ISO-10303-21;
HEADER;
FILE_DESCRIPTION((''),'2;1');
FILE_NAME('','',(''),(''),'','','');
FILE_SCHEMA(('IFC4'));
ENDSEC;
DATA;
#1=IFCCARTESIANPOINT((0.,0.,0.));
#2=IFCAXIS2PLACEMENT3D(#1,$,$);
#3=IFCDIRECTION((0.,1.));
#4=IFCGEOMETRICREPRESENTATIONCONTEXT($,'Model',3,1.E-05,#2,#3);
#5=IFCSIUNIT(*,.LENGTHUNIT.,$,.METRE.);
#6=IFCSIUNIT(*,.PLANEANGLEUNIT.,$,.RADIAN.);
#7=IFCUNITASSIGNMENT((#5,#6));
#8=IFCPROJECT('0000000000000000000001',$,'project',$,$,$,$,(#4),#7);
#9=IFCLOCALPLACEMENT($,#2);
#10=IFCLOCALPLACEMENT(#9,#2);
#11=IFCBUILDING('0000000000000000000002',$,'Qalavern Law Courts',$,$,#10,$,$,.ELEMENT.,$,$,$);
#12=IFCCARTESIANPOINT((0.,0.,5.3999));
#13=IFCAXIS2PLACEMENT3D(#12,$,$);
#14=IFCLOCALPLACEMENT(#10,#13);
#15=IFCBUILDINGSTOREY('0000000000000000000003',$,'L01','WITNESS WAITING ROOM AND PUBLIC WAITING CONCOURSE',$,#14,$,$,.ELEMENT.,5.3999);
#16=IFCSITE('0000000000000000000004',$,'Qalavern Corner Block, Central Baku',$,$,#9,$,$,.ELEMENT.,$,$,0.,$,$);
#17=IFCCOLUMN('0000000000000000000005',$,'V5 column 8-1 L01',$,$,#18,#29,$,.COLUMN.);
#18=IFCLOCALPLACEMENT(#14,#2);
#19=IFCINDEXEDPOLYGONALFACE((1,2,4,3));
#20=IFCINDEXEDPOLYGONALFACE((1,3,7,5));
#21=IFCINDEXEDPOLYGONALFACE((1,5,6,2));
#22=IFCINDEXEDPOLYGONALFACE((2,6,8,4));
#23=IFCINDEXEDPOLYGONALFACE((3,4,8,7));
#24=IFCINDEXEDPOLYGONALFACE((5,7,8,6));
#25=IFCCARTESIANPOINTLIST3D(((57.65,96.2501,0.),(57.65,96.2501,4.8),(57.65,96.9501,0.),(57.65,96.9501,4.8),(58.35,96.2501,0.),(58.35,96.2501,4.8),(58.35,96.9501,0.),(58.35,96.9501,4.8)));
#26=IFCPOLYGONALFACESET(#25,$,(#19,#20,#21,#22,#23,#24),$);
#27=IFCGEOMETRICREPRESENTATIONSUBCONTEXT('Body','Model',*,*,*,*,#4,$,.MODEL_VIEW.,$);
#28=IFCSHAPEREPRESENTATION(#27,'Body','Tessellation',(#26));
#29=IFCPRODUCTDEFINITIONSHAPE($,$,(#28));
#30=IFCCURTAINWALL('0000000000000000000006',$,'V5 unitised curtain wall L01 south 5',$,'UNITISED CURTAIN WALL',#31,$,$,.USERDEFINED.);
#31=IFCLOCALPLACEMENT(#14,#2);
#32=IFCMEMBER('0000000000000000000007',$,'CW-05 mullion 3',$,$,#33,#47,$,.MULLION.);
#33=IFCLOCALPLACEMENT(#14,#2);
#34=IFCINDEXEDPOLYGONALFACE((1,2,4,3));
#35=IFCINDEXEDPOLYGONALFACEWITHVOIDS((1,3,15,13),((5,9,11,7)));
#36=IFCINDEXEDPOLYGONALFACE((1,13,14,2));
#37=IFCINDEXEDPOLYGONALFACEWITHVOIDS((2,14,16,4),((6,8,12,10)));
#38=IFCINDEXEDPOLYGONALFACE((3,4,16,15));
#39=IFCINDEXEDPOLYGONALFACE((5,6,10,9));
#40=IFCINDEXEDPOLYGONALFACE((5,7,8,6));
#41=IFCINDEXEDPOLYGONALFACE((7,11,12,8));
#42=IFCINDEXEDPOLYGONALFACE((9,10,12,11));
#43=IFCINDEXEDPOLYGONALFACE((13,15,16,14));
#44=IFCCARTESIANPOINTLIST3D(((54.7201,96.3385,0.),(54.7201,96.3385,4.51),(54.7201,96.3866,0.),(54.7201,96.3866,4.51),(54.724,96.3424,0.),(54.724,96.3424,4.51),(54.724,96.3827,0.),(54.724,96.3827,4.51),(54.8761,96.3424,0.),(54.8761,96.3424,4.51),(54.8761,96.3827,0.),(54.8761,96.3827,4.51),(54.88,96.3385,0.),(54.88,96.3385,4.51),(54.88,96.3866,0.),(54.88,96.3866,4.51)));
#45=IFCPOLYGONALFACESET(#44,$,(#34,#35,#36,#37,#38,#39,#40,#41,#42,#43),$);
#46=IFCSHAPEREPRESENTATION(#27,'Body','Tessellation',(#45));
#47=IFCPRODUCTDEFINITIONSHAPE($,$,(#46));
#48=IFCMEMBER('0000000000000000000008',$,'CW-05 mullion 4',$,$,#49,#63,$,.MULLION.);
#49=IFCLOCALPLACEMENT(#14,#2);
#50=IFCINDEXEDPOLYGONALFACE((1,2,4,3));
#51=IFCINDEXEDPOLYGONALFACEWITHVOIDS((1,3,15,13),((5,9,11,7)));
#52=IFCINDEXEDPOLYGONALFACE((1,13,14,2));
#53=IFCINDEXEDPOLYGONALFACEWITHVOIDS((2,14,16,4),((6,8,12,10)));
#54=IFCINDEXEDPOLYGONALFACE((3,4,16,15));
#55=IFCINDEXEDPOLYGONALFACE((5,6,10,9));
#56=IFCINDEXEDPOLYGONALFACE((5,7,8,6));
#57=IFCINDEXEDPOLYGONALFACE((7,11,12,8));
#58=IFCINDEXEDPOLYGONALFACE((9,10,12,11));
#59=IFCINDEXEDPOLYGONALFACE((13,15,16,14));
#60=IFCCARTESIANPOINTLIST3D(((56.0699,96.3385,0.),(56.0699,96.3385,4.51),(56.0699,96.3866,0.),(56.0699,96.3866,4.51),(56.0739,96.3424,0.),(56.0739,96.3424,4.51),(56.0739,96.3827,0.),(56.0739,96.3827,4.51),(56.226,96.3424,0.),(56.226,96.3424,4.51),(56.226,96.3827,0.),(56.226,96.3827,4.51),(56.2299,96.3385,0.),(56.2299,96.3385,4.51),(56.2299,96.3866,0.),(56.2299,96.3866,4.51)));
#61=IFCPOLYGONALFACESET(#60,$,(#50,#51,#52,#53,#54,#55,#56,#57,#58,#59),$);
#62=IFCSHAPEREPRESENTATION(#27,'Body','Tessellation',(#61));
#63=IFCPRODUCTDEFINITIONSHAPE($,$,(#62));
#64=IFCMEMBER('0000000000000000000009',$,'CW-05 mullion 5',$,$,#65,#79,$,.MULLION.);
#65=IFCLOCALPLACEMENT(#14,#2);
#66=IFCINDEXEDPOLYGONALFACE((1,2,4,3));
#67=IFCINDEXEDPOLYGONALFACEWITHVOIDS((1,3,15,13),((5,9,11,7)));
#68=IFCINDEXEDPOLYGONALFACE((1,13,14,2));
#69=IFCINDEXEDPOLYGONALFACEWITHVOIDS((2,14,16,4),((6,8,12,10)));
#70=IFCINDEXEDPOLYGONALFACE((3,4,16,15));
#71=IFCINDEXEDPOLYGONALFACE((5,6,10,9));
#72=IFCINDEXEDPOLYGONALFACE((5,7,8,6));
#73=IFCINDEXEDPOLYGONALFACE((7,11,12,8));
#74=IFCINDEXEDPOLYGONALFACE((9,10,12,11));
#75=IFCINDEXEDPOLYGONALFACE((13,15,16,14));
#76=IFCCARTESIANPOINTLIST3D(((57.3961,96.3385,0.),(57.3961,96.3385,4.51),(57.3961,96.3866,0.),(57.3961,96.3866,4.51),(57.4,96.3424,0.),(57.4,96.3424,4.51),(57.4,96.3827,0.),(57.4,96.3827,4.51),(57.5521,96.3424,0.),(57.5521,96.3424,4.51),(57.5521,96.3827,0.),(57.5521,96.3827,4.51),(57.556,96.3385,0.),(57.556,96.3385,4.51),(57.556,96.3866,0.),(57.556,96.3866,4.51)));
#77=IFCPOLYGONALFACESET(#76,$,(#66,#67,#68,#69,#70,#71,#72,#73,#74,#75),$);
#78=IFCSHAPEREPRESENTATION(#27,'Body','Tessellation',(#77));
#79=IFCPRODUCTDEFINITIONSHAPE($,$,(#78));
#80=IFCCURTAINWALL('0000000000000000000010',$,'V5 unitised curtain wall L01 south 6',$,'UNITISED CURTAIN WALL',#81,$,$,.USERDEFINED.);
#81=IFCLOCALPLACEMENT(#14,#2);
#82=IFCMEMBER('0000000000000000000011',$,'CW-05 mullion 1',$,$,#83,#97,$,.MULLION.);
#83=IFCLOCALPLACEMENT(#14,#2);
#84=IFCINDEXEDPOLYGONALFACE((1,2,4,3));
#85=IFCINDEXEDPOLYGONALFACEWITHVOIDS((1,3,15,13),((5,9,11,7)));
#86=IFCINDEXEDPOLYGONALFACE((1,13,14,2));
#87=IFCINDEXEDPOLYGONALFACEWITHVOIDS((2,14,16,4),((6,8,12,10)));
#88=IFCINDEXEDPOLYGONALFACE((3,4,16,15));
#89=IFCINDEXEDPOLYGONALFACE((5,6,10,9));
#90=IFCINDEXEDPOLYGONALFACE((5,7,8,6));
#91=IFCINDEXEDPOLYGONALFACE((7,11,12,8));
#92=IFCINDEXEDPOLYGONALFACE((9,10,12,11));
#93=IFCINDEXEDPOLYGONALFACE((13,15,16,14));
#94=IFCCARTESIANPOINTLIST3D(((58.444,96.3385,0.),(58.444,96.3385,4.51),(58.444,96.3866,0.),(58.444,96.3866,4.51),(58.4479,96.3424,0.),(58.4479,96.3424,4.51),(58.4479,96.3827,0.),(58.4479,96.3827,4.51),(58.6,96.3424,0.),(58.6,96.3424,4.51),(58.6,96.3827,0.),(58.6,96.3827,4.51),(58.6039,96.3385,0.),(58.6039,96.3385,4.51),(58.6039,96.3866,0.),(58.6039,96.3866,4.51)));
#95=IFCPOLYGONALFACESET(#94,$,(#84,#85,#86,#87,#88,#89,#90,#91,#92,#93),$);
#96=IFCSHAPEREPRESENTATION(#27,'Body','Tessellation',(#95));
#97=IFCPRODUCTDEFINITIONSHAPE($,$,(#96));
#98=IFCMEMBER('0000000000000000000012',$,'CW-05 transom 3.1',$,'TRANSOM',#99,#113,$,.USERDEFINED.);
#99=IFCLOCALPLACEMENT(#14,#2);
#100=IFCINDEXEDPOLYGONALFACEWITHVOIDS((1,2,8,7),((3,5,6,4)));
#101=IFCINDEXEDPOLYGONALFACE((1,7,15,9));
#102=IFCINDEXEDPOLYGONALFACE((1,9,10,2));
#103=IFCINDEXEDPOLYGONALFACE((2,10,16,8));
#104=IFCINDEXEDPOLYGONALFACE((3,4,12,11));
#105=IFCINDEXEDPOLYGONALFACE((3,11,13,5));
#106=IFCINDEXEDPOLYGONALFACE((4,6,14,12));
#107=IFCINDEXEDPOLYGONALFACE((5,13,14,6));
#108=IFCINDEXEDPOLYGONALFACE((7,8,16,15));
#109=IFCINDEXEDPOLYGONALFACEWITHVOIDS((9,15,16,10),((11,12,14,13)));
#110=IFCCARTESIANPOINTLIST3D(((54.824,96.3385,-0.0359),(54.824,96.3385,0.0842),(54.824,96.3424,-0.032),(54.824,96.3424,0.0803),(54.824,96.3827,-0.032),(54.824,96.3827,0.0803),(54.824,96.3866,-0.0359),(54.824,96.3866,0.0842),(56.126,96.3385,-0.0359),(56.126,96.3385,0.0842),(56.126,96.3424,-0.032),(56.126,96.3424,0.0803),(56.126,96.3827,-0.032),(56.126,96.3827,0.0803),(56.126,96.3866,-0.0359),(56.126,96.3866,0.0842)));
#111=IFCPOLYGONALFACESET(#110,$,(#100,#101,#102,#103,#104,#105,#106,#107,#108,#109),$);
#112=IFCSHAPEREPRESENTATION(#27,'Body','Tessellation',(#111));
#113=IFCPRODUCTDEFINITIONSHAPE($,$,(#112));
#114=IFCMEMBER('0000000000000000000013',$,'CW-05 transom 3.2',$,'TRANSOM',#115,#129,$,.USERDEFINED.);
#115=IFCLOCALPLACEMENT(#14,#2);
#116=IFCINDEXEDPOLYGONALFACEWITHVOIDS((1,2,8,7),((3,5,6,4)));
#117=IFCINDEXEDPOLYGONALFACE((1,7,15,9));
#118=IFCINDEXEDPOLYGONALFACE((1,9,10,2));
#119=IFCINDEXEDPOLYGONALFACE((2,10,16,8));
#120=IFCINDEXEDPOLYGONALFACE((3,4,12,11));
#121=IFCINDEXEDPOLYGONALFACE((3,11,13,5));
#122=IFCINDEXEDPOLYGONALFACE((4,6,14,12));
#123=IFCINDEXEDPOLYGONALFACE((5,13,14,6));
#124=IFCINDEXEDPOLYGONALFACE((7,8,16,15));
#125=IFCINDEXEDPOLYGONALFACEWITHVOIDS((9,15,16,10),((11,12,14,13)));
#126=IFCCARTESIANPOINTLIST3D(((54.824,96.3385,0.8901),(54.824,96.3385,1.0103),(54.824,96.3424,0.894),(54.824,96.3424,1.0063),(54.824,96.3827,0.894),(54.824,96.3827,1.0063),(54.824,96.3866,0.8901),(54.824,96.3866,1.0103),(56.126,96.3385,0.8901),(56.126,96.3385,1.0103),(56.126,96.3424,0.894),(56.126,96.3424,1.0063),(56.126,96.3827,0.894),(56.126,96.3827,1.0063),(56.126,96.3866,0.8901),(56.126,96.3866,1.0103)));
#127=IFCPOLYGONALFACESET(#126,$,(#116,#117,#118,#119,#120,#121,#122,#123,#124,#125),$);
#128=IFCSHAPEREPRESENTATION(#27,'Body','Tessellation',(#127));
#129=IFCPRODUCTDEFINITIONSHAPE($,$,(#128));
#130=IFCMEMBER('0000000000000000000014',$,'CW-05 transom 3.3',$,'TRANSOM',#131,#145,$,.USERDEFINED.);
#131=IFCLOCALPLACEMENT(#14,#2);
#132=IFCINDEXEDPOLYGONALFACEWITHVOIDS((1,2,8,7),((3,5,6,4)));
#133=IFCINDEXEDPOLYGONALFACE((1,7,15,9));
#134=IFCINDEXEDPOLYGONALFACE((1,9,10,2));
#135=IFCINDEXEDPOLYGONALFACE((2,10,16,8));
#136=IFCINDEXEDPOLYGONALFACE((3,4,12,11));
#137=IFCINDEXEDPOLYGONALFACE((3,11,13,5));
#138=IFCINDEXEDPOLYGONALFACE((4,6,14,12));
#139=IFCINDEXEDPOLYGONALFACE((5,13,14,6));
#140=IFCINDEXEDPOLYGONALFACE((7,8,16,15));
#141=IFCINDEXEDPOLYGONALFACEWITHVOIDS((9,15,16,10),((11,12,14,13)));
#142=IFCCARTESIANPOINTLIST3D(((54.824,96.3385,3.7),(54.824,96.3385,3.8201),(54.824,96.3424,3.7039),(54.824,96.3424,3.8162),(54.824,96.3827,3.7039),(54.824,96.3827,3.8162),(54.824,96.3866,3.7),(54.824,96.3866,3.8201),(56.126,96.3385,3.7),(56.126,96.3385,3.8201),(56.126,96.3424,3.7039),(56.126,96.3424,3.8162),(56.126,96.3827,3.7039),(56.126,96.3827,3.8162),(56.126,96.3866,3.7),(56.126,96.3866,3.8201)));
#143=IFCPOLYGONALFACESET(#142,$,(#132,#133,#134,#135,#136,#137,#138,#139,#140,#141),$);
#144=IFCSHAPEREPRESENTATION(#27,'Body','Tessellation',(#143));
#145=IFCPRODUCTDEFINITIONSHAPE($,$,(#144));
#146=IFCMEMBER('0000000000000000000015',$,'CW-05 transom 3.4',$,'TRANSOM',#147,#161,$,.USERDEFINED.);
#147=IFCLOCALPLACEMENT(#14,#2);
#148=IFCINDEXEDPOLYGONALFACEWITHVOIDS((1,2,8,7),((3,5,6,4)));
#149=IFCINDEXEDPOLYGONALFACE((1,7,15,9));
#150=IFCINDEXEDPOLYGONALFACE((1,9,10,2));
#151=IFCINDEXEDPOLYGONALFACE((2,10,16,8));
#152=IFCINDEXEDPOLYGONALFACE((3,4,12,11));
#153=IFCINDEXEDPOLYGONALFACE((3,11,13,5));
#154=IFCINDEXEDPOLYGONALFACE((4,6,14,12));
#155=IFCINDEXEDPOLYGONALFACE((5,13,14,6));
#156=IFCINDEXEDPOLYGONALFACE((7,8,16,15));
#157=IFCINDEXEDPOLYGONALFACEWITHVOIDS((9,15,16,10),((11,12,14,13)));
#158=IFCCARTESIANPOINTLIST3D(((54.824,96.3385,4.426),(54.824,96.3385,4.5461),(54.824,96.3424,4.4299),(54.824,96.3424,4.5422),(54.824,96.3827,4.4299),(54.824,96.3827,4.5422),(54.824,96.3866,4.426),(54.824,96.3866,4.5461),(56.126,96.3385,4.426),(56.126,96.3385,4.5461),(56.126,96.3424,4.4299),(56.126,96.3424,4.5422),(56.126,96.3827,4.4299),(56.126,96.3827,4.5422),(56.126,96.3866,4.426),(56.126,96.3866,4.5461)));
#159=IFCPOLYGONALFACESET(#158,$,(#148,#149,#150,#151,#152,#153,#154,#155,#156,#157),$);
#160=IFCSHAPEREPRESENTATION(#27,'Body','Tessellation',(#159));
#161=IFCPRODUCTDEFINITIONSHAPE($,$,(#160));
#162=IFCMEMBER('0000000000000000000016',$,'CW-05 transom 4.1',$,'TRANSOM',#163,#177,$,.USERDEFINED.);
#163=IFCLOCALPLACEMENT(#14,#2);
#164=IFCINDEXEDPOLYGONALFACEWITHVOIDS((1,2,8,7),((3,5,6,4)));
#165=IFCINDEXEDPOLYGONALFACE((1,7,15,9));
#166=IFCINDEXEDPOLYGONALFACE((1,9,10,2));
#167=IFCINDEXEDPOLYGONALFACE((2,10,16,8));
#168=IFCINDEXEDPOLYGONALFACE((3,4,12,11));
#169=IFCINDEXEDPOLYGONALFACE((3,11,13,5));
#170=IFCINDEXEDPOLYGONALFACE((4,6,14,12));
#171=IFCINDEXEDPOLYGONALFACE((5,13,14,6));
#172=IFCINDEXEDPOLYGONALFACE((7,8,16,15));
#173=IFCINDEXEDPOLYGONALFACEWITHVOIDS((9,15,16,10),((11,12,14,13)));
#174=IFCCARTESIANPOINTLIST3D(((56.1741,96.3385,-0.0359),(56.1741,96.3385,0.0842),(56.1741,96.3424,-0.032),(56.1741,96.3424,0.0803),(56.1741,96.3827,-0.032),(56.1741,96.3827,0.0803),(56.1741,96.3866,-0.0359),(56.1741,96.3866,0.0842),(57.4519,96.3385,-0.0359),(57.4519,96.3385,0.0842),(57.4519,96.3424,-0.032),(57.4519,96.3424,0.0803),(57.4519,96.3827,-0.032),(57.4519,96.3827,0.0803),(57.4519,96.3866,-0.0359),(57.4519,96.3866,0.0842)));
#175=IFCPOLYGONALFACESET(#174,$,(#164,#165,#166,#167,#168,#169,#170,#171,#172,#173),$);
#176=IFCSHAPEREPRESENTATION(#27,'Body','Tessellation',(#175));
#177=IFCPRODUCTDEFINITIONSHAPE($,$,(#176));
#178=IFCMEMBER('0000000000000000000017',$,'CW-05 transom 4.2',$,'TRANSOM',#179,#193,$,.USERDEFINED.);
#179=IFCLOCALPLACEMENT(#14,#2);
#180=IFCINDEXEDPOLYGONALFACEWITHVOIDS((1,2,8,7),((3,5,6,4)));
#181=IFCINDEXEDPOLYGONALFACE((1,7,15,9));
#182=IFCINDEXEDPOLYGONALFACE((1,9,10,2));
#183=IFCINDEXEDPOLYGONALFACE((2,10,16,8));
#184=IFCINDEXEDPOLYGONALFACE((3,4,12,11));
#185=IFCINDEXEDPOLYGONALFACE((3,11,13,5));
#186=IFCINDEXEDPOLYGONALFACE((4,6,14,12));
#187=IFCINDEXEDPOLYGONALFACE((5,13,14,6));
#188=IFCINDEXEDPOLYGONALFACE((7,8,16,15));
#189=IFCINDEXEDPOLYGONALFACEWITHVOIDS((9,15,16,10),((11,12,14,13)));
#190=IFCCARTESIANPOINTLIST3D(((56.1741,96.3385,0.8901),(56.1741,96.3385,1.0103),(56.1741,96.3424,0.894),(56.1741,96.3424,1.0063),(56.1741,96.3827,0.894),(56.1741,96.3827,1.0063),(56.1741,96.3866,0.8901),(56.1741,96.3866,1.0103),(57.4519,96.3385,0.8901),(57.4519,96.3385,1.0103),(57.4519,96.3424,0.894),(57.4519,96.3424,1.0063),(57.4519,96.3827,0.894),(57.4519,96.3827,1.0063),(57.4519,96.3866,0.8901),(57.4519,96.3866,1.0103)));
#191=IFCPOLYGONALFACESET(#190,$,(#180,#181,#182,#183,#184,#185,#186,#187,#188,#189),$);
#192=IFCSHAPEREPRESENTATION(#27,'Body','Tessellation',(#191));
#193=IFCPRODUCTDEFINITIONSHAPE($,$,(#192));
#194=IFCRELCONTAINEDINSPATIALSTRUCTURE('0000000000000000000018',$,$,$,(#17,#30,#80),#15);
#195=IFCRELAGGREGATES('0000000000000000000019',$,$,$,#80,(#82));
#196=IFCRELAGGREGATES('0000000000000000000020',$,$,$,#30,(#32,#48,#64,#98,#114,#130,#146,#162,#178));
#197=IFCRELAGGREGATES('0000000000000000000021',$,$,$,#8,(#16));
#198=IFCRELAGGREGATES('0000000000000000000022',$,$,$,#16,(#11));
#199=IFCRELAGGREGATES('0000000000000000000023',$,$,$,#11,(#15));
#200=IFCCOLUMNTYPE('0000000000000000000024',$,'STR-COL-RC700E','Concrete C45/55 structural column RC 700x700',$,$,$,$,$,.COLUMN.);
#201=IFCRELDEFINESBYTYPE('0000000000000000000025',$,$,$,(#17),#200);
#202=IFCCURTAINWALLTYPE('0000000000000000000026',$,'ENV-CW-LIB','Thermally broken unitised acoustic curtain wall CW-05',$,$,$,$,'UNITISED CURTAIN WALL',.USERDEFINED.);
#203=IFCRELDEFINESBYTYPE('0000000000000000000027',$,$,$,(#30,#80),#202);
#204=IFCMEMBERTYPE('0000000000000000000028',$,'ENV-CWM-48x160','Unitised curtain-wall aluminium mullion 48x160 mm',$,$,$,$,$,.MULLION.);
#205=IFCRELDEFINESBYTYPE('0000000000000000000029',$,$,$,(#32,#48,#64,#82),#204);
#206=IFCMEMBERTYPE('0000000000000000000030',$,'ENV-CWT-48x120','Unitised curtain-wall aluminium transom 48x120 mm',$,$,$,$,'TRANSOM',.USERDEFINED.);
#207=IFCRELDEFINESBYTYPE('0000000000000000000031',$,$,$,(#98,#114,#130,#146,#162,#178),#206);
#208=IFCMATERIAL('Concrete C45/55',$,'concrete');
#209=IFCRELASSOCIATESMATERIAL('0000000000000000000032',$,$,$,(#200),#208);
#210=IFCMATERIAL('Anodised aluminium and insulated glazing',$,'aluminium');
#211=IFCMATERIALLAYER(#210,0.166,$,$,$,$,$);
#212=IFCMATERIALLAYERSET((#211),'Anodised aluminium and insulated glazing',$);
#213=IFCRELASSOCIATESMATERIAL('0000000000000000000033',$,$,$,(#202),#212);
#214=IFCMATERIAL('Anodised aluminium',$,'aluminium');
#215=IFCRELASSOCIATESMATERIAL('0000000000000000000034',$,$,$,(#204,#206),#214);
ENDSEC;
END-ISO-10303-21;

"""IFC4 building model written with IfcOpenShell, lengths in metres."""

from ifc_helpers import new_model, si_unit, direction, frame, origin, origin_2d, place, context, subcontext, project, spatial, rectangle, hollow_rectangle, extrude, material, layer, layer_set, material_profile, profile_set, type_object, element, aggregate, save


model = new_model("IFC4")

# Units and contexts
model_context = context("Model", 3, precision=1e-05, world=origin(), true_north=direction((0.0, 1.0)))
body_context = subcontext(model_context, "Body", "Model", "MODEL_VIEW")
ifc_project = project(units=[si_unit("LENGTHUNIT", "METRE"), si_unit("PLANEANGLEUNIT", "RADIAN")], contexts=[model_context])

# Site, building, storey
site_placement = place(None, origin())
site = spatial("IfcSite", under=ifc_project, at=site_placement, Name="Qalavern Corner Block, Central Baku", CompositionType="ELEMENT", RefElevation=0.0)
building_placement = place(site_placement, origin())
building = spatial("IfcBuilding", under=site, at=building_placement, Name="Qalavern Law Courts", CompositionType="ELEMENT")
storey_placement = place(building_placement, frame((0.0, 0.0, 5.3999)))
storey = spatial("IfcBuildingStorey", under=building, at=storey_placement, Name="L01", Description="WITNESS WAITING ROOM AND PUBLIC WAITING CONCOURSE", CompositionType="ELEMENT", Elevation=5.3999)

# Column
ifc_material_1 = material(Name="Concrete C45/55", Category="concrete")
ifc_material_profile_1 = material_profile(ifc_material_1, rectangle(XDim=0.7, YDim=0.7, at=origin_2d()), Name="RC 700x700")
ifc_profile_set_1 = profile_set([ifc_material_profile_1], Name="Concrete C45/55")
column_type = type_object("IfcColumnType", Name="STR-COL-RC700E", Description="Concrete C45/55 structural column RC 700x700", PredefinedType="COLUMN", material=ifc_profile_set_1)
column_placement = place(storey_placement, frame((58.0, 96.6001, 0.0), z_axis=(0.0, 0.0, 1.0), x_axis=(1.0, 0.0, 0.0)))
element("IfcColumn", 1, at=column_placement, inside=storey, type_object=column_type, Name="V5 column 8-1 L01", PredefinedType="COLUMN", context=body_context, shape_type="SweptSolid", body=[
    extrude(rectangle(XDim=0.7, YDim=0.7, at=origin_2d()), origin(), (0.0, 0.0, 1.0), 4.8),
])

# Curtain wall, members
ifc_material_2 = material(Name="Anodised aluminium and insulated glazing", Category="aluminium")
ifc_layer_1 = layer(ifc_material_2, 0.166)
ifc_layer_set_1 = layer_set([ifc_layer_1], Name="Anodised aluminium and insulated glazing")
curtain_wall_type = type_object("IfcCurtainWallType", Name="ENV-CW-LIB", Description="Thermally broken unitised acoustic curtain wall CW-05", ElementType="UNITISED CURTAIN WALL", PredefinedType="USERDEFINED", material=ifc_layer_set_1)
curtain_wall_1_placement = place(storey_placement, origin())
curtain_wall_1 = element("IfcCurtainWall", 2, at=curtain_wall_1_placement, inside=storey, type_object=curtain_wall_type, Name="V5 unitised curtain wall L01 south 5", ObjectType="UNITISED CURTAIN WALL", PredefinedType="USERDEFINED")
ifc_material_3 = material(Name="Anodised aluminium", Category="aluminium")
ifc_material_profile_2 = material_profile(ifc_material_3, hollow_rectangle(XDim=0.0481, YDim=0.1599, WallThickness=0.0039, at=origin_2d()), Name="ALU MULLION 48x160")
ifc_profile_set_2 = profile_set([ifc_material_profile_2], Name="Anodised aluminium")
member_type_1 = type_object("IfcMemberType", Name="ENV-CWM-48x160", Description="Unitised curtain-wall aluminium mullion 48x160 mm", PredefinedType="MULLION", material=ifc_profile_set_2)
member_1_placement = place(storey_placement, frame((54.8, 96.3625, 0.0), z_axis=(0.0, 0.0, 1.0), x_axis=(0.0, 1.0, 0.0)))
member_1 = element("IfcMember", 3, at=member_1_placement, type_object=member_type_1, Name="CW-05 mullion 3", PredefinedType="MULLION", context=body_context, shape_type="SweptSolid", body=[
    extrude(hollow_rectangle(XDim=0.0481, YDim=0.1599, WallThickness=0.0039, at=origin_2d()), origin(), (0.0, 0.0, 1.0), 4.51),
])
member_2_placement = place(storey_placement, frame((56.1499, 96.3625, 0.0), z_axis=(0.0, 0.0, 1.0), x_axis=(0.0, 1.0, 0.0)))
member_2 = element("IfcMember", 4, at=member_2_placement, type_object=member_type_1, Name="CW-05 mullion 4", PredefinedType="MULLION", context=body_context, shape_type="SweptSolid", body=[
    extrude(hollow_rectangle(XDim=0.0481, YDim=0.1599, WallThickness=0.0039, at=origin_2d()), origin(), (0.0, 0.0, 1.0), 4.51),
])
member_3_placement = place(storey_placement, frame((57.4761, 96.3625, 0.0), z_axis=(0.0, 0.0, 1.0), x_axis=(0.0, 1.0, 0.0)))
member_3 = element("IfcMember", 5, at=member_3_placement, type_object=member_type_1, Name="CW-05 mullion 5", PredefinedType="MULLION", context=body_context, shape_type="SweptSolid", body=[
    extrude(hollow_rectangle(XDim=0.0481, YDim=0.1599, WallThickness=0.0039, at=origin_2d()), origin(), (0.0, 0.0, 1.0), 4.51),
])

# Curtain wall, member
curtain_wall_2_placement = place(storey_placement, origin())
curtain_wall_2 = element("IfcCurtainWall", 6, at=curtain_wall_2_placement, inside=storey, type_object=curtain_wall_type, Name="V5 unitised curtain wall L01 south 6", ObjectType="UNITISED CURTAIN WALL", PredefinedType="USERDEFINED")
member_4_placement = place(storey_placement, frame((58.5239, 96.3625, 0.0), z_axis=(0.0, 0.0, 1.0), x_axis=(0.0, 1.0, 0.0)))
member_4 = element("IfcMember", 7, at=member_4_placement, type_object=member_type_1, Name="CW-05 mullion 1", PredefinedType="MULLION", context=body_context, shape_type="SweptSolid", body=[
    extrude(hollow_rectangle(XDim=0.0481, YDim=0.1599, WallThickness=0.0039, at=origin_2d()), origin(), (0.0, 0.0, 1.0), 4.51),
])
aggregate(curtain_wall_2, [member_4])

# Members
ifc_material_profile_3 = material_profile(ifc_material_3, hollow_rectangle(XDim=0.0481, YDim=0.1201, WallThickness=0.0039, at=origin_2d()), Name="ALU TRANSOM 48x120")
ifc_profile_set_3 = profile_set([ifc_material_profile_3], Name="Anodised aluminium")
member_type_2 = type_object("IfcMemberType", Name="ENV-CWT-48x120", Description="Unitised curtain-wall aluminium transom 48x120 mm", ElementType="TRANSOM", PredefinedType="USERDEFINED", material=ifc_profile_set_3)
member_5_placement = place(storey_placement, frame((54.824, 96.3625, 0.0242), z_axis=(1.0, 0.0, 0.0), x_axis=(0.0, 1.0, 0.0)))
member_5 = element("IfcMember", 8, at=member_5_placement, type_object=member_type_2, Name="CW-05 transom 3.1", ObjectType="TRANSOM", PredefinedType="USERDEFINED", context=body_context, shape_type="SweptSolid", body=[
    extrude(hollow_rectangle(XDim=0.0481, YDim=0.1201, WallThickness=0.0039, at=origin_2d()), origin(), (0.0, 0.0, 1.0), 1.302),
])
member_6_placement = place(storey_placement, frame((54.824, 96.3625, 0.9502), z_axis=(1.0, 0.0, 0.0), x_axis=(0.0, 1.0, 0.0)))
member_6 = element("IfcMember", 9, at=member_6_placement, type_object=member_type_2, Name="CW-05 transom 3.2", ObjectType="TRANSOM", PredefinedType="USERDEFINED", context=body_context, shape_type="SweptSolid", body=[
    extrude(hollow_rectangle(XDim=0.0481, YDim=0.1201, WallThickness=0.0039, at=origin_2d()), origin(), (0.0, 0.0, 1.0), 1.302),
])
member_7_placement = place(storey_placement, frame((54.824, 96.3625, 3.76), z_axis=(1.0, 0.0, 0.0), x_axis=(0.0, 1.0, 0.0)))
member_7 = element("IfcMember", 10, at=member_7_placement, type_object=member_type_2, Name="CW-05 transom 3.3", ObjectType="TRANSOM", PredefinedType="USERDEFINED", context=body_context, shape_type="SweptSolid", body=[
    extrude(hollow_rectangle(XDim=0.0481, YDim=0.1201, WallThickness=0.0039, at=origin_2d()), origin(), (0.0, 0.0, 1.0), 1.302),
])
member_8_placement = place(storey_placement, frame((54.824, 96.3625, 4.4861), z_axis=(1.0, 0.0, 0.0), x_axis=(0.0, 1.0, 0.0)))
member_8 = element("IfcMember", 11, at=member_8_placement, type_object=member_type_2, Name="CW-05 transom 3.4", ObjectType="TRANSOM", PredefinedType="USERDEFINED", context=body_context, shape_type="SweptSolid", body=[
    extrude(hollow_rectangle(XDim=0.0481, YDim=0.1201, WallThickness=0.0039, at=origin_2d()), origin(), (0.0, 0.0, 1.0), 1.302),
])
member_9_placement = place(storey_placement, frame((56.1741, 96.3625, 0.0242), z_axis=(1.0, 0.0, 0.0), x_axis=(0.0, 1.0, 0.0)))
member_9 = element("IfcMember", 12, at=member_9_placement, type_object=member_type_2, Name="CW-05 transom 4.1", ObjectType="TRANSOM", PredefinedType="USERDEFINED", context=body_context, shape_type="SweptSolid", body=[
    extrude(hollow_rectangle(XDim=0.0481, YDim=0.1201, WallThickness=0.0039, at=origin_2d()), origin(), (0.0, 0.0, 1.0), 1.2778),
])
member_10_placement = place(storey_placement, frame((56.1741, 96.3625, 0.9502), z_axis=(1.0, 0.0, 0.0), x_axis=(0.0, 1.0, 0.0)))
member_10 = element("IfcMember", 13, at=member_10_placement, type_object=member_type_2, Name="CW-05 transom 4.2", ObjectType="TRANSOM", PredefinedType="USERDEFINED", context=body_context, shape_type="SweptSolid", body=[
    extrude(hollow_rectangle(XDim=0.0481, YDim=0.1201, WallThickness=0.0039, at=origin_2d()), origin(), (0.0, 0.0, 1.0), 1.2778),
])

aggregate(curtain_wall_1, [member_1, member_2, member_3, member_5, member_6, member_7, member_8, member_9, member_10])

save(model, "model.ifc")
